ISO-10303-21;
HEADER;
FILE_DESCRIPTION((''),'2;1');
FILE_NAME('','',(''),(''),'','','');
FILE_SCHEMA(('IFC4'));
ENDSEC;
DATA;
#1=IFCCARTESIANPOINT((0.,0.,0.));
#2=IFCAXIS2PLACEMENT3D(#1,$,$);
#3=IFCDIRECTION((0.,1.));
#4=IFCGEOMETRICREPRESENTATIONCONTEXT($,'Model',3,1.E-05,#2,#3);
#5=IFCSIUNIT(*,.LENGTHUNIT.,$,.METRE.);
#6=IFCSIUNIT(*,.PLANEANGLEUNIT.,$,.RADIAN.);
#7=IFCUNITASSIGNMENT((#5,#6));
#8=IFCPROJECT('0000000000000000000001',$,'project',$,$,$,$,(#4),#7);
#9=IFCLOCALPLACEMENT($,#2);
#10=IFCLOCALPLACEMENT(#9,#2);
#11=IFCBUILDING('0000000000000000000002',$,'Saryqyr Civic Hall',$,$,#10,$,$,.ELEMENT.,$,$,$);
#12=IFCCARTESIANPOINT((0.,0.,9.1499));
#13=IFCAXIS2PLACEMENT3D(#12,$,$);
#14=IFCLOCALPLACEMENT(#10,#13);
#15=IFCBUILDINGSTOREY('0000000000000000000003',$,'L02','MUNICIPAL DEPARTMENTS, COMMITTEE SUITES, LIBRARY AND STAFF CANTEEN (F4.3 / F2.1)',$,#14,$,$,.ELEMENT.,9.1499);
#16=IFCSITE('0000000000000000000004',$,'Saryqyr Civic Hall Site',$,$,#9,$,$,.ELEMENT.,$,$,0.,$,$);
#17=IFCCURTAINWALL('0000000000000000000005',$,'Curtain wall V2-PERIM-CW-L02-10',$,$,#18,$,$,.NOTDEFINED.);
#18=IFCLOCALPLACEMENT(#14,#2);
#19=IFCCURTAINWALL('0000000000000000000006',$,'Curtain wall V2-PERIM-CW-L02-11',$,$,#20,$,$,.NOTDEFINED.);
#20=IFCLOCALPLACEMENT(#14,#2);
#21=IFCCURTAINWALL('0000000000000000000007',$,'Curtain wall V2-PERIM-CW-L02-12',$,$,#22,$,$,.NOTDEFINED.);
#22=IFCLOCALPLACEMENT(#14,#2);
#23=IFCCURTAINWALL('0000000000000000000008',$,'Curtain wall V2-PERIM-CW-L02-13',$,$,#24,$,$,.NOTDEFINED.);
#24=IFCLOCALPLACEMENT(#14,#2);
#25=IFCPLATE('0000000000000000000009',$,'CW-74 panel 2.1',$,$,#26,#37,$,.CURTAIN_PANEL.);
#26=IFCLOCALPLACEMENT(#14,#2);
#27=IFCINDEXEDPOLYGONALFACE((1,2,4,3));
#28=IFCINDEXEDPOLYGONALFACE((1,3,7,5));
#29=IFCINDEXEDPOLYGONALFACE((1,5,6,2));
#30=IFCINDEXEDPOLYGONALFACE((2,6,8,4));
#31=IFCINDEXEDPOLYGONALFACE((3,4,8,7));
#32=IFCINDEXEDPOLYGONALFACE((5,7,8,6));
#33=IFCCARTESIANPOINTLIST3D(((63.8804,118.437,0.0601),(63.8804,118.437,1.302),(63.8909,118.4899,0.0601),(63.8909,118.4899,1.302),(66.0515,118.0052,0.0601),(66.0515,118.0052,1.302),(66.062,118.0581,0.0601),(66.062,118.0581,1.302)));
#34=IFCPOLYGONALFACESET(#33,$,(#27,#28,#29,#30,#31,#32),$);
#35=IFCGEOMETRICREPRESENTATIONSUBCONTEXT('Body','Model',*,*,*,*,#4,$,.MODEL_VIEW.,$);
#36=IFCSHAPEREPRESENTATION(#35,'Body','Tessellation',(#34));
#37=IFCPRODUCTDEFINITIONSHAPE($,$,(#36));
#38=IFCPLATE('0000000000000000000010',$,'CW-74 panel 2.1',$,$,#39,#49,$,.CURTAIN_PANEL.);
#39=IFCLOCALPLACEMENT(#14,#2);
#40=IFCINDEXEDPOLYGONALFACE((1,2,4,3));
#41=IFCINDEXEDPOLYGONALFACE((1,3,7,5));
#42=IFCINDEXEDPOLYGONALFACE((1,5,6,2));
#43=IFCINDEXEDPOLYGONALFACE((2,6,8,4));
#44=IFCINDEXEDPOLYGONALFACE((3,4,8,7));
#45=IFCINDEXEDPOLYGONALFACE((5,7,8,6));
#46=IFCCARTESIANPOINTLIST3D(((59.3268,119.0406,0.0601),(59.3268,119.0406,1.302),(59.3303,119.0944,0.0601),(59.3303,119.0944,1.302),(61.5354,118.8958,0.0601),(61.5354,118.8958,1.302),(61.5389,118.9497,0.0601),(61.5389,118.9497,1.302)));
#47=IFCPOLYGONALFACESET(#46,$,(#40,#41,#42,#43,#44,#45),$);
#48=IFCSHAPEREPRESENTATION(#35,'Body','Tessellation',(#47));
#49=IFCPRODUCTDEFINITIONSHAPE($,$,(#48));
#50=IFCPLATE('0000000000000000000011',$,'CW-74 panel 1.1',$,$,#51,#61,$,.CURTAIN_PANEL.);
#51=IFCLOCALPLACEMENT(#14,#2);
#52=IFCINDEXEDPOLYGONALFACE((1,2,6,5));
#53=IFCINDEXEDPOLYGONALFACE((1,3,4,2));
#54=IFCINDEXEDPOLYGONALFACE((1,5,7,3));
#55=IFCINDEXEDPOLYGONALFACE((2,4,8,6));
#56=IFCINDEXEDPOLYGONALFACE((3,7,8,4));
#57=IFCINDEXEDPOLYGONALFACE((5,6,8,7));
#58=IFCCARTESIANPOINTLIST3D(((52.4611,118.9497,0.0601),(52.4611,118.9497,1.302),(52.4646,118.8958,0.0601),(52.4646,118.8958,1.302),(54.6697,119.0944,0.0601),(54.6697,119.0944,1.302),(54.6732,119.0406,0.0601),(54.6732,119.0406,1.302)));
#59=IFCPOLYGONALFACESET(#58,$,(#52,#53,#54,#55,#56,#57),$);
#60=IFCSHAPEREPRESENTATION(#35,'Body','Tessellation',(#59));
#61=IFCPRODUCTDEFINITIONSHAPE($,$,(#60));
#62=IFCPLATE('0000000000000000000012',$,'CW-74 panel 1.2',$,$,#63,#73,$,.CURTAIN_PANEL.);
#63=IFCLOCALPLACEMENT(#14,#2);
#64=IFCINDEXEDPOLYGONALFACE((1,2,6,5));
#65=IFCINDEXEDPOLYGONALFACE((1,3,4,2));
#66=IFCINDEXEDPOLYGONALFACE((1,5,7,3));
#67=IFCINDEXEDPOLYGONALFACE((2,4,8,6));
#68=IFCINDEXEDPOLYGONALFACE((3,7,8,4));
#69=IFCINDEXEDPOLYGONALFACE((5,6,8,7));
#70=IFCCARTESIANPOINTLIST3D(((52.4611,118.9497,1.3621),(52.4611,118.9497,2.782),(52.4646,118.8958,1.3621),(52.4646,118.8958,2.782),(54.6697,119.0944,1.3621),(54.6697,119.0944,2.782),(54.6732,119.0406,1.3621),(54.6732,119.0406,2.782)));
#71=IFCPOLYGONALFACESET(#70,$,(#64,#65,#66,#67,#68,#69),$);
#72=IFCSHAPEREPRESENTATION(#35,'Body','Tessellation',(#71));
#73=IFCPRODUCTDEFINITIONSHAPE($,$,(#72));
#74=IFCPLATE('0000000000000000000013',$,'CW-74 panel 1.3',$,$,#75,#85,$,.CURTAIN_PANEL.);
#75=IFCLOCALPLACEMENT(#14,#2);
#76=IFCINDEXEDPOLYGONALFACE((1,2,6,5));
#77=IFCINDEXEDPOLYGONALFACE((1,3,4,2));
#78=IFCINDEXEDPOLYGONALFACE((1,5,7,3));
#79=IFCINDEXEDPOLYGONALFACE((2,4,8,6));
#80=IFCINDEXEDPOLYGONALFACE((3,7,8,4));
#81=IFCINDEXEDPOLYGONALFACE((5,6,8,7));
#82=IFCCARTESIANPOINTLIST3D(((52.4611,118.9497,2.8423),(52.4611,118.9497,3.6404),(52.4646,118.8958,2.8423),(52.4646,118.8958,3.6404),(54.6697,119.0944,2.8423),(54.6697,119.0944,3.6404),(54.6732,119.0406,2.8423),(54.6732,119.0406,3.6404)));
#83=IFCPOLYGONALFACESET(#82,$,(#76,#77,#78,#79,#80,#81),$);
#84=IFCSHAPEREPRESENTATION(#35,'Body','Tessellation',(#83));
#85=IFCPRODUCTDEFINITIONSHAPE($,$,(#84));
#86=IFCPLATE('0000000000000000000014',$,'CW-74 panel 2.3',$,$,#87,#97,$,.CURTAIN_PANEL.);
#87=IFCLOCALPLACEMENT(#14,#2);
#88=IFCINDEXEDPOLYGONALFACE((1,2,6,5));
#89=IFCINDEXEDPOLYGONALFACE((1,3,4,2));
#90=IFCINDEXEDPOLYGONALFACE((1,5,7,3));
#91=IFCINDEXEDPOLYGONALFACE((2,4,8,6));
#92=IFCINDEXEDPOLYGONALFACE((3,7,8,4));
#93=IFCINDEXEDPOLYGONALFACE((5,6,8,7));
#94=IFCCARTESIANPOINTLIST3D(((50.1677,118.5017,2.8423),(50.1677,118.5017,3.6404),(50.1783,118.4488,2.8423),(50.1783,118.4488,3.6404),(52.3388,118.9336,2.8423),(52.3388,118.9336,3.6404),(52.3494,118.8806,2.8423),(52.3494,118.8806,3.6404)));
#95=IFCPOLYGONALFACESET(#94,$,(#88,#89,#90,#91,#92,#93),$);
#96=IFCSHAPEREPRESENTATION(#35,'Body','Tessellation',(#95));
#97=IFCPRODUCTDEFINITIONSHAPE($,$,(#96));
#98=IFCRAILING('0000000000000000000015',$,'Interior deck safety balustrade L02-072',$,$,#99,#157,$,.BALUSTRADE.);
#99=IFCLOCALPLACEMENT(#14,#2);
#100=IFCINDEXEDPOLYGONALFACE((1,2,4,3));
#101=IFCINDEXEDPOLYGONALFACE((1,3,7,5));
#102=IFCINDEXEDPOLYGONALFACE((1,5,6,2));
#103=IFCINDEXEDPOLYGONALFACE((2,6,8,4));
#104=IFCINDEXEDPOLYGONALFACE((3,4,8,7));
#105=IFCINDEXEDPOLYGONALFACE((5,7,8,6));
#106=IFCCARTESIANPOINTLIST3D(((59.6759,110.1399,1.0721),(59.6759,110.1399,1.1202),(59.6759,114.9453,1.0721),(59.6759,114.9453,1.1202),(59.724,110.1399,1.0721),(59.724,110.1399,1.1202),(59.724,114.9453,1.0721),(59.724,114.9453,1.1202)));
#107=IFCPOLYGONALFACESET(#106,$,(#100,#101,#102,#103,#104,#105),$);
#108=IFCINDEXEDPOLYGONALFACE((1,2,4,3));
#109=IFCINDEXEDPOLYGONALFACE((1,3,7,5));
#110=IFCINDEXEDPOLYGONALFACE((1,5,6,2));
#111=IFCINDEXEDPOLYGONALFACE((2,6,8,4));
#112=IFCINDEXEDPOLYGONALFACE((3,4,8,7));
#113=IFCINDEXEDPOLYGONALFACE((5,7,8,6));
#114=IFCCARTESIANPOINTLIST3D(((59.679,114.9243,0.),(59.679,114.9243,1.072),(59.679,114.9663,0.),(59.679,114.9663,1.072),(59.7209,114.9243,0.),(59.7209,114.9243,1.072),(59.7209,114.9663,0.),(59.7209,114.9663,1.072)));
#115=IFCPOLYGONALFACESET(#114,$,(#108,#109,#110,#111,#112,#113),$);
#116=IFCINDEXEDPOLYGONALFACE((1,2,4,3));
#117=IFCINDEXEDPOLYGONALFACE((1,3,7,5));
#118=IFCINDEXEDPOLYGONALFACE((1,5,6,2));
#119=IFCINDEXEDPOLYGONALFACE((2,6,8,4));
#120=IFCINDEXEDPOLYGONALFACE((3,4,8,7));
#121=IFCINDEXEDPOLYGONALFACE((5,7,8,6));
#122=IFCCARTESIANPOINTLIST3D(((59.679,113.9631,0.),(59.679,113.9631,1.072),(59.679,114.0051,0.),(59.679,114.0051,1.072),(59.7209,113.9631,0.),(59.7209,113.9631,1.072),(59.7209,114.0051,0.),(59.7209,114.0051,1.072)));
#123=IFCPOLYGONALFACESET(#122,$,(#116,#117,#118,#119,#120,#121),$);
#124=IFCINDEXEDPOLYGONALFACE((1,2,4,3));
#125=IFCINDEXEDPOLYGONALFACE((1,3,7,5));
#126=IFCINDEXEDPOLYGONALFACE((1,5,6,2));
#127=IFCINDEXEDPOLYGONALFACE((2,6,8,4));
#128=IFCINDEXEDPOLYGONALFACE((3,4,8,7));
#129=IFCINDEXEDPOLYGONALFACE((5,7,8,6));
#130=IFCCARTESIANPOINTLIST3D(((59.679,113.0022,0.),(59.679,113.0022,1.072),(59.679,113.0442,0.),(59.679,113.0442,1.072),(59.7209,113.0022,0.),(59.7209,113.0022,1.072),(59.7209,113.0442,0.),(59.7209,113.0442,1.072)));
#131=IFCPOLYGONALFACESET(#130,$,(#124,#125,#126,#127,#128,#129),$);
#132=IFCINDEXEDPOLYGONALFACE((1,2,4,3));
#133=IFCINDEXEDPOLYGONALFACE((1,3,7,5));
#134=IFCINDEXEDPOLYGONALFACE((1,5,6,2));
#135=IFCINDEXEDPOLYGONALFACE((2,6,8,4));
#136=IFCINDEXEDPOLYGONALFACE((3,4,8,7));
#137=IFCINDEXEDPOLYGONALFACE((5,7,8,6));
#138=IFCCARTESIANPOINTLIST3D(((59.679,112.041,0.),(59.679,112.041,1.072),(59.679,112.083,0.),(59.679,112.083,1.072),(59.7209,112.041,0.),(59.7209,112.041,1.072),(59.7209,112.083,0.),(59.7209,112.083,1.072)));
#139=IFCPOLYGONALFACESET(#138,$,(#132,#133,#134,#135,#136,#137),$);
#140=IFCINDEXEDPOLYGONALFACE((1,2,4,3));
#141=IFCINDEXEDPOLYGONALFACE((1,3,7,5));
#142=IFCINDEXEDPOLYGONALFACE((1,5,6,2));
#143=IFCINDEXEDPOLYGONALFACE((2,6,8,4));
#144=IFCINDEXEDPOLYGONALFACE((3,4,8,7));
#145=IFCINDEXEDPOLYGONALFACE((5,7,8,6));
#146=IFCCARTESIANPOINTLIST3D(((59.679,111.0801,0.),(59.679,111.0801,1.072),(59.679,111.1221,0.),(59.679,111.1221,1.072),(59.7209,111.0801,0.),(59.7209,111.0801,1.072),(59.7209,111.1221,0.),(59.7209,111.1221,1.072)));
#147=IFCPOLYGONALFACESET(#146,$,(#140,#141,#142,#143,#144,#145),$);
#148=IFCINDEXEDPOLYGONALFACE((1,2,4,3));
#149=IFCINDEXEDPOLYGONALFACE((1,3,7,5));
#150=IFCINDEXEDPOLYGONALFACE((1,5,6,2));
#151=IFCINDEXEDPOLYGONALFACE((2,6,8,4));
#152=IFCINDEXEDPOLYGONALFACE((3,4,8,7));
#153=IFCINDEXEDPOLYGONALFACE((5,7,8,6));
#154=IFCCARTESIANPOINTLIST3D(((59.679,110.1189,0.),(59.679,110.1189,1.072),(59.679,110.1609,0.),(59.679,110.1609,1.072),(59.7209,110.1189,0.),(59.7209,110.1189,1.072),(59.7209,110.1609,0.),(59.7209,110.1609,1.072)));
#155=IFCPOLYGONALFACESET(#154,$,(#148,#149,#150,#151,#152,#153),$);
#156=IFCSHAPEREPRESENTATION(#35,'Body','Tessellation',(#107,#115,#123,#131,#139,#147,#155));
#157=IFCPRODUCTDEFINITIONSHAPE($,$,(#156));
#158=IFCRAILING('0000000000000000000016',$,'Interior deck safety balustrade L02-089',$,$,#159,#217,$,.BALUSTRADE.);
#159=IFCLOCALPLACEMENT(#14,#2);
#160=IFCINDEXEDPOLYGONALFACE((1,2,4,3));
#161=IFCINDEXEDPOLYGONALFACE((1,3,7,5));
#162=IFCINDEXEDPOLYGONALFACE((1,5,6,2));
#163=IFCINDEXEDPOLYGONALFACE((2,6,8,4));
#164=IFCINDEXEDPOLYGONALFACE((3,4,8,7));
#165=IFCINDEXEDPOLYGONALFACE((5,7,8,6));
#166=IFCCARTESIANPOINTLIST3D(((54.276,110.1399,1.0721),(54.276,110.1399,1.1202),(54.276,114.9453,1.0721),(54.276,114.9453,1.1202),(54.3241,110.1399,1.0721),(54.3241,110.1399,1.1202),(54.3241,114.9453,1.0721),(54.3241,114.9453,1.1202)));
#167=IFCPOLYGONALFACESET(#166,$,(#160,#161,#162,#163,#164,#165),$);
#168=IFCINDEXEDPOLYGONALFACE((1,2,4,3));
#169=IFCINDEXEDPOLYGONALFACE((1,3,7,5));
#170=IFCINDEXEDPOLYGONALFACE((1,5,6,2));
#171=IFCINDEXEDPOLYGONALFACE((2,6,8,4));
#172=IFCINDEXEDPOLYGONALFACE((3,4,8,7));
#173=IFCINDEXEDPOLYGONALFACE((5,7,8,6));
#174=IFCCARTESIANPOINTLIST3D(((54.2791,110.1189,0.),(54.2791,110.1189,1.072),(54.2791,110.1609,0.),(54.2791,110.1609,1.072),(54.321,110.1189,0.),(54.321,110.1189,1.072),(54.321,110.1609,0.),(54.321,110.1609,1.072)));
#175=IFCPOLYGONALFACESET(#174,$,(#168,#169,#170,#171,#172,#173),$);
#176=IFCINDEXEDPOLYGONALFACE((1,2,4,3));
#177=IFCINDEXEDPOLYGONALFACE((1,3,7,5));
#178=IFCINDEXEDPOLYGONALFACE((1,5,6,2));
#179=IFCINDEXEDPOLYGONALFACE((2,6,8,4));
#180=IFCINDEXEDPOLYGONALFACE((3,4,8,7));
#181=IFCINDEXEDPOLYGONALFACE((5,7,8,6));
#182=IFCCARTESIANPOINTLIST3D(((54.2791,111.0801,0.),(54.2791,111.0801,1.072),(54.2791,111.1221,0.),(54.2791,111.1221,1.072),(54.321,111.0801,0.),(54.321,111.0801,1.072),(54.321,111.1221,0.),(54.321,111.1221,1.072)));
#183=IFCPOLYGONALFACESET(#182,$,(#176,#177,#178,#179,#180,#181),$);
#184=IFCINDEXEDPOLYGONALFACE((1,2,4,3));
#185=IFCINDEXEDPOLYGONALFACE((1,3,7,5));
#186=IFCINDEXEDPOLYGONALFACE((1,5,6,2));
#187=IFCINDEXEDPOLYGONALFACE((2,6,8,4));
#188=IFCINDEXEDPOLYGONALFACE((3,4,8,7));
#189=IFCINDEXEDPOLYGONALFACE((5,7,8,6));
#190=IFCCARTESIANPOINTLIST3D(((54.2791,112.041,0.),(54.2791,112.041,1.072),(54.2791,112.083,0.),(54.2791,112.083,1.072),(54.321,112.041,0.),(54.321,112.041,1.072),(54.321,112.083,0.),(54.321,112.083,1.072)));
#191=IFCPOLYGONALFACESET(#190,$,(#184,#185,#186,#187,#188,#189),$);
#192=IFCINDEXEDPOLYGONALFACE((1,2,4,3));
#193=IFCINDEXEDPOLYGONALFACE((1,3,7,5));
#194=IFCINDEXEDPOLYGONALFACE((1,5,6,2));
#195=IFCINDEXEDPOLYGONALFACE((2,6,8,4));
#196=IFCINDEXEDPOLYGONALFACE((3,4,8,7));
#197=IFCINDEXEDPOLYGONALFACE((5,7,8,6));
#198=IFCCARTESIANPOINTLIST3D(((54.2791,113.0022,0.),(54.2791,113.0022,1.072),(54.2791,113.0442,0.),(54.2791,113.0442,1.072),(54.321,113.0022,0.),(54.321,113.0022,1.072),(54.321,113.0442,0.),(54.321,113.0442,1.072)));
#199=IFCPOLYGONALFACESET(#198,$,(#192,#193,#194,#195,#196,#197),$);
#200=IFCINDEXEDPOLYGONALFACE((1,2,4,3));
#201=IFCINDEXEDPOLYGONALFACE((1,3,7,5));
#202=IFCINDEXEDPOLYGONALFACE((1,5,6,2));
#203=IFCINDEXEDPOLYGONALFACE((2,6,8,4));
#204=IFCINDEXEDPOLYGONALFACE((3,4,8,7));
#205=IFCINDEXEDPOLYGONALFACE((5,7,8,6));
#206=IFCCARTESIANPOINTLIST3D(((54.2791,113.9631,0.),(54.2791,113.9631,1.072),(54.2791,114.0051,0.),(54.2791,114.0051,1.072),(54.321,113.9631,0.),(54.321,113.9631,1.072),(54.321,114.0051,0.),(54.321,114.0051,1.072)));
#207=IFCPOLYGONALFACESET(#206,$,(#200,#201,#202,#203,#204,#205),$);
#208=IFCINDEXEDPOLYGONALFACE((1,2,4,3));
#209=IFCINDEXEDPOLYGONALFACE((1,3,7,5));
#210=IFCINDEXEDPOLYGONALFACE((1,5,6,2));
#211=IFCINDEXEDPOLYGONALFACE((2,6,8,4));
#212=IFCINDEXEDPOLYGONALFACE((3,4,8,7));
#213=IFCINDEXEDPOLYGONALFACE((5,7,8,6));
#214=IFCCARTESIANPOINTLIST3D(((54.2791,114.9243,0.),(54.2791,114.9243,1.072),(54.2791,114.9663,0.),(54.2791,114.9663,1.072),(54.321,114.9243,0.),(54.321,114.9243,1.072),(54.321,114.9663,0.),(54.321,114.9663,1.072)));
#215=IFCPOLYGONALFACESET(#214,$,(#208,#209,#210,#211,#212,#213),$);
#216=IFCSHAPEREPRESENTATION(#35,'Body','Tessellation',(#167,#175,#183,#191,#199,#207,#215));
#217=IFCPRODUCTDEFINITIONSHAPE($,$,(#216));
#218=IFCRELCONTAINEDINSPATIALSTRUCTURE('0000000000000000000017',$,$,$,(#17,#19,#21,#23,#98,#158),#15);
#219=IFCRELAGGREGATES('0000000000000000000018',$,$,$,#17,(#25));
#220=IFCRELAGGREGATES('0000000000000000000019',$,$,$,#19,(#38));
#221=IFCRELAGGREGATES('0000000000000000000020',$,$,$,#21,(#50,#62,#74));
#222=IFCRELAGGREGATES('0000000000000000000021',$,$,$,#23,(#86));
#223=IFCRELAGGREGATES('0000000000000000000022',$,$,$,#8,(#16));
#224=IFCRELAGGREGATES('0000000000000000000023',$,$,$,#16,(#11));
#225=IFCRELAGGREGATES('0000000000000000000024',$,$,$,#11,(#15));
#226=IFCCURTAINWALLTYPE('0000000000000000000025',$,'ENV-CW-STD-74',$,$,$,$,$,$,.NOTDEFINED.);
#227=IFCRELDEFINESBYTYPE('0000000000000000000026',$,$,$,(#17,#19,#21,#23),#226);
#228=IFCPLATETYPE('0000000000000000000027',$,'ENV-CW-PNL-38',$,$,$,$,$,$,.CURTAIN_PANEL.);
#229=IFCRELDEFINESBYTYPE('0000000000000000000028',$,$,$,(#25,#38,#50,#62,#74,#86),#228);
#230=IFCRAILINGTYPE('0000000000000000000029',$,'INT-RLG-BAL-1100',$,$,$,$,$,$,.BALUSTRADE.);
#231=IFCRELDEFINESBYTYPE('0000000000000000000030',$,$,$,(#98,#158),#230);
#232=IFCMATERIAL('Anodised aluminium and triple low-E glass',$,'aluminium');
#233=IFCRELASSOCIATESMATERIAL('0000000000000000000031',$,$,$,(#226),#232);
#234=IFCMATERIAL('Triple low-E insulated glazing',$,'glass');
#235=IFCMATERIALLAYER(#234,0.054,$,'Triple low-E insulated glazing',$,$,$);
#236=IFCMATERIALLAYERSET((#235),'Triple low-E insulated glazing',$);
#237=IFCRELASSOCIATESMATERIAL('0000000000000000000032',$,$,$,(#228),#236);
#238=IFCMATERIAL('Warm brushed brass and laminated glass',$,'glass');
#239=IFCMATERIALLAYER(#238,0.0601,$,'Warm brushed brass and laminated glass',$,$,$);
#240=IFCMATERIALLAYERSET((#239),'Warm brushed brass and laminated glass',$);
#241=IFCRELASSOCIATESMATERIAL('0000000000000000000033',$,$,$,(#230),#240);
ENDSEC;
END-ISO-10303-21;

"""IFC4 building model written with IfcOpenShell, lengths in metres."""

from ifc_helpers import new_model, si_unit, direction, frame, origin, origin_2d, place, context, subcontext, project, spatial, rectangle, extrude, material, layer, layer_set, type_object, element, aggregate, save


model = new_model("IFC4")

# Units and contexts
model_context = context("Model", 3, precision=1e-05, world=origin(), true_north=direction((0.0, 1.0)))
body_context = subcontext(model_context, "Body", "Model", "MODEL_VIEW")
ifc_project = project(units=[si_unit("LENGTHUNIT", "METRE"), si_unit("PLANEANGLEUNIT", "RADIAN")], contexts=[model_context])

# Site, building, storey
site_placement = place(None, origin())
site = spatial("IfcSite", under=ifc_project, at=site_placement, Name="Saryqyr Civic Hall Site", CompositionType="ELEMENT", RefElevation=0.0)
building_placement = place(site_placement, origin())
building = spatial("IfcBuilding", under=site, at=building_placement, Name="Saryqyr Civic Hall", CompositionType="ELEMENT")
storey_placement = place(building_placement, frame((0.0, 0.0, 9.1499)))
storey = spatial("IfcBuildingStorey", under=building, at=storey_placement, Name="L02", Description="MUNICIPAL DEPARTMENTS, COMMITTEE SUITES, LIBRARY AND STAFF CANTEEN (F4.3 / F2.1)", CompositionType="ELEMENT", Elevation=9.1499)

# Curtain wall
ifc_material_1 = material(Name="Anodised aluminium and triple low-E glass", Category="aluminium")
curtain_wall_type = type_object("IfcCurtainWallType", Name="ENV-CW-STD-74", PredefinedType="NOTDEFINED", material=ifc_material_1)
curtain_wall_1_placement = place(storey_placement, origin())
curtain_wall_1 = element("IfcCurtainWall", 1, at=curtain_wall_1_placement, inside=storey, type_object=curtain_wall_type, Name="Curtain wall V2-PERIM-CW-L02-10", PredefinedType="NOTDEFINED")

# Curtain walls
curtain_wall_2_placement = place(storey_placement, origin())
curtain_wall_2 = element("IfcCurtainWall", 2, at=curtain_wall_2_placement, inside=storey, type_object=curtain_wall_type, Name="Curtain wall V2-PERIM-CW-L02-11", PredefinedType="NOTDEFINED")
curtain_wall_3_placement = place(storey_placement, origin())
curtain_wall_3 = element("IfcCurtainWall", 3, at=curtain_wall_3_placement, inside=storey, type_object=curtain_wall_type, Name="Curtain wall V2-PERIM-CW-L02-12", PredefinedType="NOTDEFINED")
curtain_wall_4_placement = place(storey_placement, origin())
curtain_wall_4 = element("IfcCurtainWall", 4, at=curtain_wall_4_placement, inside=storey, type_object=curtain_wall_type, Name="Curtain wall V2-PERIM-CW-L02-13", PredefinedType="NOTDEFINED")

# Plates
ifc_material_2 = material(Name="Triple low-E insulated glazing", Category="glass")
ifc_layer_1 = layer(ifc_material_2, 0.054, Name="Triple low-E insulated glazing")
ifc_layer_set_1 = layer_set([ifc_layer_1], Name="Triple low-E insulated glazing")
plate_type = type_object("IfcPlateType", Name="ENV-CW-PNL-38", PredefinedType="CURTAIN_PANEL", material=ifc_layer_set_1)
plate_1_placement = place(storey_placement, frame((64.9712, 118.2476, 0.0601), z_axis=(0.0, 0.0, 1.0), x_axis=(0.980785, -0.195093, 0.0)))
plate_1 = element("IfcPlate", 5, at=plate_1_placement, type_object=plate_type, Name="CW-74 panel 2.1", PredefinedType="CURTAIN_PANEL", context=body_context, shape_type="SweptSolid", body=[
    extrude(rectangle(XDim=2.2136, YDim=0.054, at=origin_2d()), origin(), (0.0, 0.0, 1.0), 1.2419),
])
aggregate(curtain_wall_1, [plate_1])
plate_2_placement = place(storey_placement, frame((60.4329, 118.9951, 0.0601), z_axis=(0.0, 0.0, 1.0), x_axis=(0.997859, -0.065401, 0.0)))
plate_2 = element("IfcPlate", 6, at=plate_2_placement, type_object=plate_type, Name="CW-74 panel 2.1", PredefinedType="CURTAIN_PANEL", context=body_context, shape_type="SweptSolid", body=[
    extrude(rectangle(XDim=2.2134, YDim=0.054, at=origin_2d()), origin(), (0.0, 0.0, 1.0), 1.2419),
])
aggregate(curtain_wall_2, [plate_2])
plate_3_placement = place(storey_placement, frame((53.5671, 118.9951, 0.0601), z_axis=(0.0, 0.0, 1.0), x_axis=(0.997859, 0.065401, 0.0)))
plate_3 = element("IfcPlate", 7, at=plate_3_placement, type_object=plate_type, Name="CW-74 panel 1.1", PredefinedType="CURTAIN_PANEL", context=body_context, shape_type="SweptSolid", body=[
    extrude(rectangle(XDim=2.2134, YDim=0.054, at=origin_2d()), origin(), (0.0, 0.0, 1.0), 1.2419),
])
plate_4_placement = place(storey_placement, frame((53.5671, 118.9951, 1.3621), z_axis=(0.0, 0.0, 1.0), x_axis=(0.997859, 0.065401, 0.0)))
plate_4 = element("IfcPlate", 8, at=plate_4_placement, type_object=plate_type, Name="CW-74 panel 1.2", PredefinedType="CURTAIN_PANEL", context=body_context, shape_type="SweptSolid", body=[
    extrude(rectangle(XDim=2.2134, YDim=0.054, at=origin_2d()), origin(), (0.0, 0.0, 1.0), 1.4199),
])
plate_5_placement = place(storey_placement, frame((53.5671, 118.9951, 2.8423), z_axis=(0.0, 0.0, 1.0), x_axis=(0.997859, 0.065401, 0.0)))
plate_5 = element("IfcPlate", 9, at=plate_5_placement, type_object=plate_type, Name="CW-74 panel 1.3", PredefinedType="CURTAIN_PANEL", context=body_context, shape_type="SweptSolid", body=[
    extrude(rectangle(XDim=2.2134, YDim=0.054, at=origin_2d()), origin(), (0.0, 0.0, 1.0), 0.7981),
])
aggregate(curtain_wall_3, [plate_3, plate_4, plate_5])
plate_6_placement = place(storey_placement, frame((51.2585, 118.6912, 2.8423), z_axis=(0.0, 0.0, 1.0), x_axis=(0.980785, 0.195093, 0.0)))
plate_6 = element("IfcPlate", 10, at=plate_6_placement, type_object=plate_type, Name="CW-74 panel 2.3", PredefinedType="CURTAIN_PANEL", context=body_context, shape_type="SweptSolid", body=[
    extrude(rectangle(XDim=2.2136, YDim=0.054, at=origin_2d()), origin(), (0.0, 0.0, 1.0), 0.7981),
])
aggregate(curtain_wall_4, [plate_6])

# Railings
ifc_material_3 = material(Name="Warm brushed brass and laminated glass", Category="glass")
ifc_layer_2 = layer(ifc_material_3, 0.0601, Name="Warm brushed brass and laminated glass")
ifc_layer_set_2 = layer_set([ifc_layer_2], Name="Warm brushed brass and laminated glass")
railing_type = type_object("IfcRailingType", Name="INT-RLG-BAL-1100", PredefinedType="BALUSTRADE", material=ifc_layer_set_2)
railing_1_placement = place(storey_placement, frame((59.7, 114.9453, 0.0)))
element("IfcRailing", 11, at=railing_1_placement, inside=storey, type_object=railing_type, Name="Interior deck safety balustrade L02-072", PredefinedType="BALUSTRADE", context=body_context, shape_type="SweptSolid", body=[
    extrude(rectangle(XDim=0.0481, YDim=0.0481, at=origin_2d()), frame((0.0, 0.0, 1.0962), z_axis=(0.0, -1.0, 0.0), x_axis=(1.0, 0.0, 0.0)), (0.0, 0.0, 1.0), 4.8054),
    extrude(rectangle(XDim=0.042, YDim=0.042, at=origin_2d()), origin(), (0.0, 0.0, 1.0), 1.072),
    extrude(rectangle(XDim=0.042, YDim=0.042, at=origin_2d()), frame((0.0, -0.9612, 0.0)), (0.0, 0.0, 1.0), 1.072),
    extrude(rectangle(XDim=0.042, YDim=0.042, at=origin_2d()), frame((0.0, -1.9221, 0.0)), (0.0, 0.0, 1.0), 1.072),
    extrude(rectangle(XDim=0.042, YDim=0.042, at=origin_2d()), frame((0.0, -2.8833, 0.0)), (0.0, 0.0, 1.0), 1.072),
    extrude(rectangle(XDim=0.042, YDim=0.042, at=origin_2d()), frame((0.0, -3.8442, 0.0)), (0.0, 0.0, 1.0), 1.072),
    extrude(rectangle(XDim=0.042, YDim=0.042, at=origin_2d()), frame((0.0, -4.8054, 0.0)), (0.0, 0.0, 1.0), 1.072),
])
railing_2_placement = place(storey_placement, frame((54.3, 110.1399, 0.0)))
element("IfcRailing", 12, at=railing_2_placement, inside=storey, type_object=railing_type, Name="Interior deck safety balustrade L02-089", PredefinedType="BALUSTRADE", context=body_context, shape_type="SweptSolid", body=[
    extrude(rectangle(XDim=0.0481, YDim=0.0481, at=origin_2d()), frame((0.0, 0.0, 1.0962), z_axis=(0.0, 1.0, 0.0), x_axis=(-1.0, 0.0, 0.0)), (0.0, 0.0, 1.0), 4.8054),
    extrude(rectangle(XDim=0.042, YDim=0.042, at=origin_2d()), origin(), (0.0, 0.0, 1.0), 1.072),
    extrude(rectangle(XDim=0.042, YDim=0.042, at=origin_2d()), frame((0.0, 0.9612, 0.0)), (0.0, 0.0, 1.0), 1.072),
    extrude(rectangle(XDim=0.042, YDim=0.042, at=origin_2d()), frame((0.0, 1.9221, 0.0)), (0.0, 0.0, 1.0), 1.072),
    extrude(rectangle(XDim=0.042, YDim=0.042, at=origin_2d()), frame((0.0, 2.8833, 0.0)), (0.0, 0.0, 1.0), 1.072),
    extrude(rectangle(XDim=0.042, YDim=0.042, at=origin_2d()), frame((0.0, 3.8442, 0.0)), (0.0, 0.0, 1.0), 1.072),
    extrude(rectangle(XDim=0.042, YDim=0.042, at=origin_2d()), frame((0.0, 4.8054, 0.0)), (0.0, 0.0, 1.0), 1.072),
])

save(model, "model.ifc")
